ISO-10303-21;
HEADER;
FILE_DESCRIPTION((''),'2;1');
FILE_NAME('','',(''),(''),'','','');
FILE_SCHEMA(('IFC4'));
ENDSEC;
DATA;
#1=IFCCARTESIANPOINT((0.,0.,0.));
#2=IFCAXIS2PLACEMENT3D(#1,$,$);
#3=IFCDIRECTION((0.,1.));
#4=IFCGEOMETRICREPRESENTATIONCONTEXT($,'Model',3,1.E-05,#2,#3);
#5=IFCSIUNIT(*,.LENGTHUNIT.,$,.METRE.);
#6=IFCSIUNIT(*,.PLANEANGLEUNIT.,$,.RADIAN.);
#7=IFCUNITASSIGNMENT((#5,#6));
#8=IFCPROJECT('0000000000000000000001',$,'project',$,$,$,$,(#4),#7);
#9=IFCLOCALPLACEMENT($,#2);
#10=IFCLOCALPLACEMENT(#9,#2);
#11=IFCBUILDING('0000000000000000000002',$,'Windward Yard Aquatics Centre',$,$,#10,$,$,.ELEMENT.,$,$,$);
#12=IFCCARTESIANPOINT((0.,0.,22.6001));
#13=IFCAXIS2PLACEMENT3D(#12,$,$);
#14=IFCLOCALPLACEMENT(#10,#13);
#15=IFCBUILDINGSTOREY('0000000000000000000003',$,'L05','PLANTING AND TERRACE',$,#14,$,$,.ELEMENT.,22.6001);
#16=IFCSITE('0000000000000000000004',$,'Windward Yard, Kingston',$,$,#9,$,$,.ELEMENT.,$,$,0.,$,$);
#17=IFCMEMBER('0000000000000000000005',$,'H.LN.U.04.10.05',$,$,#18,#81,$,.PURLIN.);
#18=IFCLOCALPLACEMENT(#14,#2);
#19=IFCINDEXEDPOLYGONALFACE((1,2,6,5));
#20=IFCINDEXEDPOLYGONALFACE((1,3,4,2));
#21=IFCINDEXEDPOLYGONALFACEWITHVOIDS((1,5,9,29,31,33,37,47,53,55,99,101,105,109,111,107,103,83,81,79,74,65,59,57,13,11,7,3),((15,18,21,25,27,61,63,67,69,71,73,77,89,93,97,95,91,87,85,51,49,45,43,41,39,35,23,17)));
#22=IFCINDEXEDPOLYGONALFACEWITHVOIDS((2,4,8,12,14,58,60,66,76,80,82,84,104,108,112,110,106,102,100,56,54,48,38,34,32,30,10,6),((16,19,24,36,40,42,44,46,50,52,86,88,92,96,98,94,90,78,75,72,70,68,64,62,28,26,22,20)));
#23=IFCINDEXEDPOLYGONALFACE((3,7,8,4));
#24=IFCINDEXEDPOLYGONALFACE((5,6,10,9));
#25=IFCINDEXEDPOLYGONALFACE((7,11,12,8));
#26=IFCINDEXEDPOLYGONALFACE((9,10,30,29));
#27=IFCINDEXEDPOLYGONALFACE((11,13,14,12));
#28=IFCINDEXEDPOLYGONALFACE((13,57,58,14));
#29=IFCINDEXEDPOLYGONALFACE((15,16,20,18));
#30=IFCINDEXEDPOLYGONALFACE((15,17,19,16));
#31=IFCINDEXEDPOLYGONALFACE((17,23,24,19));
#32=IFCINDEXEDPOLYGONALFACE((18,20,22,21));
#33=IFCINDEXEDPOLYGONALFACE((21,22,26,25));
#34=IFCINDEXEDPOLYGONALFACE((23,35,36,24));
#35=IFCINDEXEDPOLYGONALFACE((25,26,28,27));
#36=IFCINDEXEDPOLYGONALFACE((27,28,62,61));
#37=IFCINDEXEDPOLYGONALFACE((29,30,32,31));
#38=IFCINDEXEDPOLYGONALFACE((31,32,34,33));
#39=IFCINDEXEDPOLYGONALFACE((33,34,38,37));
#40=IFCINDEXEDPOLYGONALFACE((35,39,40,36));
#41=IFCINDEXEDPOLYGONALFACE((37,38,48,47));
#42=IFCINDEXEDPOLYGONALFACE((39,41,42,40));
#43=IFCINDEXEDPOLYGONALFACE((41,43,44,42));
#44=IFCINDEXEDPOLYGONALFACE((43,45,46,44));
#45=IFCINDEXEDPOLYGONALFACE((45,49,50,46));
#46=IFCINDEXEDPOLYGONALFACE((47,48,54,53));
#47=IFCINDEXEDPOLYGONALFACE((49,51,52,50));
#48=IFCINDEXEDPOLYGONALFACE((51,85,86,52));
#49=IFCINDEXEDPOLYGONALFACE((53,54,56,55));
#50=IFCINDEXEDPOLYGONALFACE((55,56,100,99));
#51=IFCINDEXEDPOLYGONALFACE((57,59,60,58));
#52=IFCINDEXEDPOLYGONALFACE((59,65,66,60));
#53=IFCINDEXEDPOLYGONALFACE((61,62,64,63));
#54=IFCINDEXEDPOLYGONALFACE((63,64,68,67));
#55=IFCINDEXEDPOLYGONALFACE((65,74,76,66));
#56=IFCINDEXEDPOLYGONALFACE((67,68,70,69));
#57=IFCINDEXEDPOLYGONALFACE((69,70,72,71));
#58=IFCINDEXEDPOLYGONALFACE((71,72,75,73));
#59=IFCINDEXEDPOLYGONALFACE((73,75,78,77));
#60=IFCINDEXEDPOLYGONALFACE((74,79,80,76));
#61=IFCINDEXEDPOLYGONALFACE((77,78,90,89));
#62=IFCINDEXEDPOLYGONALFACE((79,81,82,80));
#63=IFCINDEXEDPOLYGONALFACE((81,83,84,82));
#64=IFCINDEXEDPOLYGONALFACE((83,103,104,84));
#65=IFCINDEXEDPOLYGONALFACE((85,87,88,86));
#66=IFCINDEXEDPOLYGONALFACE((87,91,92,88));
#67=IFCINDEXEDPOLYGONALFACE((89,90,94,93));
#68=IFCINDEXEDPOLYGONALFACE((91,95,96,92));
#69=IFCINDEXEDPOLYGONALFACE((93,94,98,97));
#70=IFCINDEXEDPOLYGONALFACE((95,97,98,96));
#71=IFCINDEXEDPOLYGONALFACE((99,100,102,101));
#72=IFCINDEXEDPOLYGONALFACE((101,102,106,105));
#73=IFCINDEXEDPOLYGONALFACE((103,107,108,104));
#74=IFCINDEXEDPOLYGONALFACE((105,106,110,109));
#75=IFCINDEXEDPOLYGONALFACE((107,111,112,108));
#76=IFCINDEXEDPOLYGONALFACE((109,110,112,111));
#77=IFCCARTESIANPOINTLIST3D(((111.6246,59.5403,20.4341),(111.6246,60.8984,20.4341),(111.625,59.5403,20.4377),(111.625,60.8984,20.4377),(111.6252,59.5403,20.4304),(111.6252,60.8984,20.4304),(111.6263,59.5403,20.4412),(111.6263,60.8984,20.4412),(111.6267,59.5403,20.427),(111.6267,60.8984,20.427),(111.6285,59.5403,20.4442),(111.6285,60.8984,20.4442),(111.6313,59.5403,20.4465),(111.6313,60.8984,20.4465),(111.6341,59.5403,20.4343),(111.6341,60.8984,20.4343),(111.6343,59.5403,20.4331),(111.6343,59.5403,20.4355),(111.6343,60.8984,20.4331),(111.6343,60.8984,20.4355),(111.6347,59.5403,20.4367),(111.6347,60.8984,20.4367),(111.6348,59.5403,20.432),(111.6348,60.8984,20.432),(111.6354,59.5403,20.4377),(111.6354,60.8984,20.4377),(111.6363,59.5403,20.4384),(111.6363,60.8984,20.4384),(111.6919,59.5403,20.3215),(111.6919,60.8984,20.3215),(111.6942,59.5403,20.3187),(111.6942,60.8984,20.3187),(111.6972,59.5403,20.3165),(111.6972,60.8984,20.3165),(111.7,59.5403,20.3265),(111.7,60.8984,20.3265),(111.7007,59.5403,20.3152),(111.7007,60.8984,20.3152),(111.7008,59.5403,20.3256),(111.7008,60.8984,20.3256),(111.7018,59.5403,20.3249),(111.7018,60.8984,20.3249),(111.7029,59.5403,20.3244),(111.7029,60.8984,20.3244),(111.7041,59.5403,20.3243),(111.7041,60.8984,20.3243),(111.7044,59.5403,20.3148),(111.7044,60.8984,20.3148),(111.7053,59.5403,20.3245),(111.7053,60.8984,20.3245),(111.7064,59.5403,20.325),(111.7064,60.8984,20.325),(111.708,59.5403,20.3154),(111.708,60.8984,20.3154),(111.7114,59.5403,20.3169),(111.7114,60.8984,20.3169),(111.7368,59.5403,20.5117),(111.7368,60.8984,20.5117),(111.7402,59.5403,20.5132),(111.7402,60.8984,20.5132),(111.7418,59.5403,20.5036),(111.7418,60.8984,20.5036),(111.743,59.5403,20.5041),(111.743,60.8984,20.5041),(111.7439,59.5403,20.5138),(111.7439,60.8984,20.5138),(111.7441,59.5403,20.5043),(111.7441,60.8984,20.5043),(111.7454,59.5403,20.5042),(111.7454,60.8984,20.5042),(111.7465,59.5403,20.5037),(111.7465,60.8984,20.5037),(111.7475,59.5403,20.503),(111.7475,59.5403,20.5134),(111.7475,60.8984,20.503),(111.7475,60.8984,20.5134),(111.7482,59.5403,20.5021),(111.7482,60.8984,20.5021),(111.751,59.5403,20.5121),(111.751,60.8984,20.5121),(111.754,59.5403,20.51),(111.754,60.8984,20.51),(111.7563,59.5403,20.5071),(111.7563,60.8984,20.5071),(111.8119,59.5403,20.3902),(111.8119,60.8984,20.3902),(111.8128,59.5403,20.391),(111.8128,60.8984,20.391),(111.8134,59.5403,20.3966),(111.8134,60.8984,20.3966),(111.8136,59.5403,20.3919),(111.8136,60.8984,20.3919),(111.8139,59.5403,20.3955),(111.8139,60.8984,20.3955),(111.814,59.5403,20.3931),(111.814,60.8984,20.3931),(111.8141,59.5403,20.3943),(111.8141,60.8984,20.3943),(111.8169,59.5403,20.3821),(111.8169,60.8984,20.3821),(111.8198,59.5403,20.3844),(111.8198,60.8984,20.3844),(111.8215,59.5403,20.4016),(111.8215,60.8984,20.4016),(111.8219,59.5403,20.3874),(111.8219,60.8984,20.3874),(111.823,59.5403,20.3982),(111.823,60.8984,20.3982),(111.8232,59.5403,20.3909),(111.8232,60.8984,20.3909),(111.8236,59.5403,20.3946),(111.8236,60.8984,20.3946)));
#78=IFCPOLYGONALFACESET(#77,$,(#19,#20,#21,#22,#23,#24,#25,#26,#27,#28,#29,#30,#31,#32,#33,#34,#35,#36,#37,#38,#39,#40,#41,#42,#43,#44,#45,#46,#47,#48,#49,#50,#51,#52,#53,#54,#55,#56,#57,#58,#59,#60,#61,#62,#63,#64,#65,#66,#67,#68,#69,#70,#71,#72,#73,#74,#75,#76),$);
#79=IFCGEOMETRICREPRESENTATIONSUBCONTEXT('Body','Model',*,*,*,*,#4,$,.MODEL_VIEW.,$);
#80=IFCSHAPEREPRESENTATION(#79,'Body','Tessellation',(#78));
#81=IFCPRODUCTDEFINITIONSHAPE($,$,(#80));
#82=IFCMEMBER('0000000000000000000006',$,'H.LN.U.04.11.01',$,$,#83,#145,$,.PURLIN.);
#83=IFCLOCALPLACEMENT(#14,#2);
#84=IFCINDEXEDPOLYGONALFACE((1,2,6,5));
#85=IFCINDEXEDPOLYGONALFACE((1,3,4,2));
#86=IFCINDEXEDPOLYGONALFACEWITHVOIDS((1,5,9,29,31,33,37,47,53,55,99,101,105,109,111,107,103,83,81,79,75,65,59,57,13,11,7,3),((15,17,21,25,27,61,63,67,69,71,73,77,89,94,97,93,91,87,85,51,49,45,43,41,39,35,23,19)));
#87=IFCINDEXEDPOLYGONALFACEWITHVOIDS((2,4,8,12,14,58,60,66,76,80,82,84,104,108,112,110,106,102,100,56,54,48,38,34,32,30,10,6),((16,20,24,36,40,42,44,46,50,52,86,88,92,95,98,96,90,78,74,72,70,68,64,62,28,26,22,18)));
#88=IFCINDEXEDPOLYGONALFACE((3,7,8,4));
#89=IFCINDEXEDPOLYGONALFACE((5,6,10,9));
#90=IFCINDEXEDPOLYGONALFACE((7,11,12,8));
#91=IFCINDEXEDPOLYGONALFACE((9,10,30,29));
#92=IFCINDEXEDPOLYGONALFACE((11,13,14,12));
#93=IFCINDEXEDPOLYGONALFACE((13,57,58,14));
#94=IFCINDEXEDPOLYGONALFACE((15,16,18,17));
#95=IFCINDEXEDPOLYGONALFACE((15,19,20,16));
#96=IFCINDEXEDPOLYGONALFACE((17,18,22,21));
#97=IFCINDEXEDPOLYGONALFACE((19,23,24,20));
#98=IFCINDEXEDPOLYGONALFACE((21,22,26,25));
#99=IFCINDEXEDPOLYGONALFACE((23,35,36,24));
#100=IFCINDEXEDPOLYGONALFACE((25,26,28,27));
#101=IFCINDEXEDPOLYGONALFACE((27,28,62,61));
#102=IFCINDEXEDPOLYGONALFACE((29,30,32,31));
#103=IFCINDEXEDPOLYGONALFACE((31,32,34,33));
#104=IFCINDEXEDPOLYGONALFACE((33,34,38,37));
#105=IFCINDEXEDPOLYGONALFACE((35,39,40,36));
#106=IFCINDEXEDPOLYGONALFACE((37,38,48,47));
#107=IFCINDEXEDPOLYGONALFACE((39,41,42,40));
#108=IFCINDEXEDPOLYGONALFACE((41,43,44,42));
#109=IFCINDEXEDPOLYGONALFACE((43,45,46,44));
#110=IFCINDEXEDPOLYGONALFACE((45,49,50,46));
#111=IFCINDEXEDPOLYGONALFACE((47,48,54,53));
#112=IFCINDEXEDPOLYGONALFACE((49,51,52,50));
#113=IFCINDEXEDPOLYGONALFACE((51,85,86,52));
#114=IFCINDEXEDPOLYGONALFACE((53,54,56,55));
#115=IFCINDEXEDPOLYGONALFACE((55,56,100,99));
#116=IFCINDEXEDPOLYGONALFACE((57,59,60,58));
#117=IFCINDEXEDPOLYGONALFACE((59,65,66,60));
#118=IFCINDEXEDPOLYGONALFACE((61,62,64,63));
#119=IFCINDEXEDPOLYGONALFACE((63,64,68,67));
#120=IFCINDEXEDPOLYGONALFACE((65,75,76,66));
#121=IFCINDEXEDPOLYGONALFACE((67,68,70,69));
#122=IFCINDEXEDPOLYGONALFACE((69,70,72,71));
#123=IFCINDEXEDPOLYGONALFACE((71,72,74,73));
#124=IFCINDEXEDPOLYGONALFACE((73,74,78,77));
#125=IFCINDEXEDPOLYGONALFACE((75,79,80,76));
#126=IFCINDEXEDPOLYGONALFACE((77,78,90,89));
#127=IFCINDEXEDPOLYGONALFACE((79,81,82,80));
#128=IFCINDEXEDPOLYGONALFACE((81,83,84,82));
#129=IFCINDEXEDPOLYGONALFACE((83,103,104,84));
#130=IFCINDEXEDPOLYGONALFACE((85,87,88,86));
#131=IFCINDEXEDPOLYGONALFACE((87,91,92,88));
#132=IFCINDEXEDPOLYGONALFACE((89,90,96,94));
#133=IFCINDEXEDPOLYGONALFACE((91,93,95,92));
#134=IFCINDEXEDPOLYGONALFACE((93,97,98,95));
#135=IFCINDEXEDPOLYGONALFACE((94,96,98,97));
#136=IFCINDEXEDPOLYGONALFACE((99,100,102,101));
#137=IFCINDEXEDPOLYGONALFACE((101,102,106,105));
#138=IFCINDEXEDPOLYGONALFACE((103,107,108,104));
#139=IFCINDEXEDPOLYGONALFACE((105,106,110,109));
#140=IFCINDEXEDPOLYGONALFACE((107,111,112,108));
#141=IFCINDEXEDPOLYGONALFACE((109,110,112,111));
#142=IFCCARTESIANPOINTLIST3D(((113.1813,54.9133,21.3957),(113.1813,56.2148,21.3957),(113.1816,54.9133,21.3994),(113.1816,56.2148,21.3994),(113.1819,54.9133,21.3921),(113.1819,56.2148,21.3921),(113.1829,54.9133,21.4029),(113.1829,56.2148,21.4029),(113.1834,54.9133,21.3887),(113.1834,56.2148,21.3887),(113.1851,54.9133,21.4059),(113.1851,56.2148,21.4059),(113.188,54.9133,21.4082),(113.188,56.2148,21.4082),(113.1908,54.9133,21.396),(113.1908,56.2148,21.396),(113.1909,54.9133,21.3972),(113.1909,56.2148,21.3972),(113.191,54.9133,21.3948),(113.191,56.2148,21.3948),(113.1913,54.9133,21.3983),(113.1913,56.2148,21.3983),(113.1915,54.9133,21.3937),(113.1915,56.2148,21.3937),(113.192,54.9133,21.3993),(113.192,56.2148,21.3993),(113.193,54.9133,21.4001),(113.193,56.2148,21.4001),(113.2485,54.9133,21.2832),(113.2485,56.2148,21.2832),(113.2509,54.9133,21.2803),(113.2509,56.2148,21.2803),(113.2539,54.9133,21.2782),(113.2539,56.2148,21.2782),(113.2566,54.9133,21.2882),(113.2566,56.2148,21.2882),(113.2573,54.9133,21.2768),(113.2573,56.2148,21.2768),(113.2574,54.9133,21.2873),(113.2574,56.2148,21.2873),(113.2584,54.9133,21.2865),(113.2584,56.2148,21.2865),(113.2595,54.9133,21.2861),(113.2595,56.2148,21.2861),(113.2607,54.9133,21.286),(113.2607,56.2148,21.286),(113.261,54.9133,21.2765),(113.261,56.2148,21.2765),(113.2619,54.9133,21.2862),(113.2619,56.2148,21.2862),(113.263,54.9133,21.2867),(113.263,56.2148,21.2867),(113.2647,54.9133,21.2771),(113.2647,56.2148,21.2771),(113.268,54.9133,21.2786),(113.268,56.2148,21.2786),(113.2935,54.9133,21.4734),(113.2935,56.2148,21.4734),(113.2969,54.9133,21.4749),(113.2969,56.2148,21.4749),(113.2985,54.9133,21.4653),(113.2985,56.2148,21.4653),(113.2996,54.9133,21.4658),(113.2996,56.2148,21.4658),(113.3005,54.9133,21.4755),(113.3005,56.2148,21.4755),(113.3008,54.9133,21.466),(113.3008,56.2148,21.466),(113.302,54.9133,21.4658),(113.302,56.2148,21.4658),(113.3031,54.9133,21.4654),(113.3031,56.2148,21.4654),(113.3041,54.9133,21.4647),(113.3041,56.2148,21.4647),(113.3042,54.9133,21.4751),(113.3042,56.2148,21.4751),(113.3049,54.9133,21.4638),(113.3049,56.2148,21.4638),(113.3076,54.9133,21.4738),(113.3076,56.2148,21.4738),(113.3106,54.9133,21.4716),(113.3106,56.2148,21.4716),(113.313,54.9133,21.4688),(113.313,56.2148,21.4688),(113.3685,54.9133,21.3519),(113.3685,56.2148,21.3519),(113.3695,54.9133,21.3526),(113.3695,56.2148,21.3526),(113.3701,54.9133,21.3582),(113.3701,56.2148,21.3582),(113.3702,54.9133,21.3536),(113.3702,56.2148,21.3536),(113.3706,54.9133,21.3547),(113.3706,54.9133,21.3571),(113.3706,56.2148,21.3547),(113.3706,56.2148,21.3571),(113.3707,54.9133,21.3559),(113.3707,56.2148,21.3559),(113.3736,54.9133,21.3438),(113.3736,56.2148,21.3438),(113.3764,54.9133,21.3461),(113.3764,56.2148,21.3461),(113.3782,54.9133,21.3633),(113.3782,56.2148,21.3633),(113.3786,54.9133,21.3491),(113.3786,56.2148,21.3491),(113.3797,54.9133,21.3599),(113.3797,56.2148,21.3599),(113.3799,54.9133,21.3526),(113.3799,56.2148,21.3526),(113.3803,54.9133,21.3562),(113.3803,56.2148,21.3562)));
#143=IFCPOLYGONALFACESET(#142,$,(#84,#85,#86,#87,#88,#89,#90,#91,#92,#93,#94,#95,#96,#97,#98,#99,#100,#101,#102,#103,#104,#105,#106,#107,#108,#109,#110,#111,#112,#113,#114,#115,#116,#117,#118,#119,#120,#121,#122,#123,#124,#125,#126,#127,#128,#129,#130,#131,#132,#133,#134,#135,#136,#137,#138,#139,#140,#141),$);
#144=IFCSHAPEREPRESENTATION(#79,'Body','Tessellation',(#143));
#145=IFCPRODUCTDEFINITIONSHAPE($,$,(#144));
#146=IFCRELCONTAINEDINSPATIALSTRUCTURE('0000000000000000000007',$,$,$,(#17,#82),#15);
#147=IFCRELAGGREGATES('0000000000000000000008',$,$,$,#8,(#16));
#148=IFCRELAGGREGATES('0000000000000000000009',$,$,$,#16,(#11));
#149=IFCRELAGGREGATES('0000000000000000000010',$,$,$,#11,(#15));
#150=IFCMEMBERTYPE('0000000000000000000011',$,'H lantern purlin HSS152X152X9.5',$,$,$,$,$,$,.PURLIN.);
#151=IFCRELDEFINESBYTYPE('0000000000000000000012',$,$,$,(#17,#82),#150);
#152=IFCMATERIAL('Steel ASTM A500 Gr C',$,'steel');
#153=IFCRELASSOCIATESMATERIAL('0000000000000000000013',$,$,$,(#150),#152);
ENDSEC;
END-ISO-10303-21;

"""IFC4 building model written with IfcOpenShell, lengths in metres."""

from ifc_helpers import new_model, si_unit, direction, frame, origin, origin_2d, place, context, subcontext, project, spatial, hollow_rectangle, extrude, material, material_profile, profile_set, type_object, element, save


model = new_model("IFC4")

# Units and contexts
model_context = context("Model", 3, precision=1e-05, world=origin(), true_north=direction((0.0, 1.0)))
body_context = subcontext(model_context, "Body", "Model", "MODEL_VIEW")
ifc_project = project(units=[si_unit("LENGTHUNIT", "METRE"), si_unit("PLANEANGLEUNIT", "RADIAN")], contexts=[model_context])

# Site, building, storey
site_placement = place(None, origin())
site = spatial("IfcSite", under=ifc_project, at=site_placement, Name="Windward Yard, Kingston", CompositionType="ELEMENT", RefElevation=0.0)
building_placement = place(site_placement, origin())
building = spatial("IfcBuilding", under=site, at=building_placement, Name="Windward Yard Aquatics Centre", CompositionType="ELEMENT")
storey_placement = place(building_placement, frame((0.0, 0.0, 22.6001)))
storey = spatial("IfcBuildingStorey", under=building, at=storey_placement, Name="L05", Description="PLANTING AND TERRACE", CompositionType="ELEMENT", Elevation=22.6001)

# Members
ifc_material_1 = material(Name="Steel ASTM A500 Gr C", Category="steel")
ifc_material_profile = material_profile(ifc_material_1, hollow_rectangle(XDim=0.1523, YDim=0.1523, WallThickness=0.0095, InnerFilletRadius=0.0046, OuterFilletRadius=0.0142, at=origin_2d()), Name="HSS152X152X9.5")
ifc_profile_set = profile_set([ifc_material_profile], Name="Steel ASTM A500 Gr C")
member_type = type_object("IfcMemberType", Name="H lantern purlin HSS152X152X9.5", PredefinedType="PURLIN", material=ifc_profile_set)
member_1_placement = place(storey_placement, frame((111.7241, 59.5403, 20.4143), z_axis=(0.0, 1.0, 0.0), x_axis=(-0.850755, 0.0, -0.525562)))
element("IfcMember", 1, at=member_1_placement, inside=storey, type_object=member_type, Name="H.LN.U.04.10.05", PredefinedType="PURLIN", context=body_context, shape_type="SweptSolid", body=[
    extrude(hollow_rectangle(XDim=0.1523, YDim=0.1523, WallThickness=0.0095, InnerFilletRadius=0.0046, OuterFilletRadius=0.0142, at=origin_2d()), origin(), (0.0, 0.0, 1.0), 1.3582),
])
member_2_placement = place(storey_placement, frame((113.2808, 54.9133, 21.376), z_axis=(0.0, 1.0, 0.0), x_axis=(-0.850755, 0.0, -0.525562)))
element("IfcMember", 2, at=member_2_placement, inside=storey, type_object=member_type, Name="H.LN.U.04.11.01", PredefinedType="PURLIN", context=body_context, shape_type="SweptSolid", body=[
    extrude(hollow_rectangle(XDim=0.1523, YDim=0.1523, WallThickness=0.0095, InnerFilletRadius=0.0046, OuterFilletRadius=0.0142, at=origin_2d()), origin(), (0.0, 0.0, 1.0), 1.3015),
])

save(model, "model.ifc")
